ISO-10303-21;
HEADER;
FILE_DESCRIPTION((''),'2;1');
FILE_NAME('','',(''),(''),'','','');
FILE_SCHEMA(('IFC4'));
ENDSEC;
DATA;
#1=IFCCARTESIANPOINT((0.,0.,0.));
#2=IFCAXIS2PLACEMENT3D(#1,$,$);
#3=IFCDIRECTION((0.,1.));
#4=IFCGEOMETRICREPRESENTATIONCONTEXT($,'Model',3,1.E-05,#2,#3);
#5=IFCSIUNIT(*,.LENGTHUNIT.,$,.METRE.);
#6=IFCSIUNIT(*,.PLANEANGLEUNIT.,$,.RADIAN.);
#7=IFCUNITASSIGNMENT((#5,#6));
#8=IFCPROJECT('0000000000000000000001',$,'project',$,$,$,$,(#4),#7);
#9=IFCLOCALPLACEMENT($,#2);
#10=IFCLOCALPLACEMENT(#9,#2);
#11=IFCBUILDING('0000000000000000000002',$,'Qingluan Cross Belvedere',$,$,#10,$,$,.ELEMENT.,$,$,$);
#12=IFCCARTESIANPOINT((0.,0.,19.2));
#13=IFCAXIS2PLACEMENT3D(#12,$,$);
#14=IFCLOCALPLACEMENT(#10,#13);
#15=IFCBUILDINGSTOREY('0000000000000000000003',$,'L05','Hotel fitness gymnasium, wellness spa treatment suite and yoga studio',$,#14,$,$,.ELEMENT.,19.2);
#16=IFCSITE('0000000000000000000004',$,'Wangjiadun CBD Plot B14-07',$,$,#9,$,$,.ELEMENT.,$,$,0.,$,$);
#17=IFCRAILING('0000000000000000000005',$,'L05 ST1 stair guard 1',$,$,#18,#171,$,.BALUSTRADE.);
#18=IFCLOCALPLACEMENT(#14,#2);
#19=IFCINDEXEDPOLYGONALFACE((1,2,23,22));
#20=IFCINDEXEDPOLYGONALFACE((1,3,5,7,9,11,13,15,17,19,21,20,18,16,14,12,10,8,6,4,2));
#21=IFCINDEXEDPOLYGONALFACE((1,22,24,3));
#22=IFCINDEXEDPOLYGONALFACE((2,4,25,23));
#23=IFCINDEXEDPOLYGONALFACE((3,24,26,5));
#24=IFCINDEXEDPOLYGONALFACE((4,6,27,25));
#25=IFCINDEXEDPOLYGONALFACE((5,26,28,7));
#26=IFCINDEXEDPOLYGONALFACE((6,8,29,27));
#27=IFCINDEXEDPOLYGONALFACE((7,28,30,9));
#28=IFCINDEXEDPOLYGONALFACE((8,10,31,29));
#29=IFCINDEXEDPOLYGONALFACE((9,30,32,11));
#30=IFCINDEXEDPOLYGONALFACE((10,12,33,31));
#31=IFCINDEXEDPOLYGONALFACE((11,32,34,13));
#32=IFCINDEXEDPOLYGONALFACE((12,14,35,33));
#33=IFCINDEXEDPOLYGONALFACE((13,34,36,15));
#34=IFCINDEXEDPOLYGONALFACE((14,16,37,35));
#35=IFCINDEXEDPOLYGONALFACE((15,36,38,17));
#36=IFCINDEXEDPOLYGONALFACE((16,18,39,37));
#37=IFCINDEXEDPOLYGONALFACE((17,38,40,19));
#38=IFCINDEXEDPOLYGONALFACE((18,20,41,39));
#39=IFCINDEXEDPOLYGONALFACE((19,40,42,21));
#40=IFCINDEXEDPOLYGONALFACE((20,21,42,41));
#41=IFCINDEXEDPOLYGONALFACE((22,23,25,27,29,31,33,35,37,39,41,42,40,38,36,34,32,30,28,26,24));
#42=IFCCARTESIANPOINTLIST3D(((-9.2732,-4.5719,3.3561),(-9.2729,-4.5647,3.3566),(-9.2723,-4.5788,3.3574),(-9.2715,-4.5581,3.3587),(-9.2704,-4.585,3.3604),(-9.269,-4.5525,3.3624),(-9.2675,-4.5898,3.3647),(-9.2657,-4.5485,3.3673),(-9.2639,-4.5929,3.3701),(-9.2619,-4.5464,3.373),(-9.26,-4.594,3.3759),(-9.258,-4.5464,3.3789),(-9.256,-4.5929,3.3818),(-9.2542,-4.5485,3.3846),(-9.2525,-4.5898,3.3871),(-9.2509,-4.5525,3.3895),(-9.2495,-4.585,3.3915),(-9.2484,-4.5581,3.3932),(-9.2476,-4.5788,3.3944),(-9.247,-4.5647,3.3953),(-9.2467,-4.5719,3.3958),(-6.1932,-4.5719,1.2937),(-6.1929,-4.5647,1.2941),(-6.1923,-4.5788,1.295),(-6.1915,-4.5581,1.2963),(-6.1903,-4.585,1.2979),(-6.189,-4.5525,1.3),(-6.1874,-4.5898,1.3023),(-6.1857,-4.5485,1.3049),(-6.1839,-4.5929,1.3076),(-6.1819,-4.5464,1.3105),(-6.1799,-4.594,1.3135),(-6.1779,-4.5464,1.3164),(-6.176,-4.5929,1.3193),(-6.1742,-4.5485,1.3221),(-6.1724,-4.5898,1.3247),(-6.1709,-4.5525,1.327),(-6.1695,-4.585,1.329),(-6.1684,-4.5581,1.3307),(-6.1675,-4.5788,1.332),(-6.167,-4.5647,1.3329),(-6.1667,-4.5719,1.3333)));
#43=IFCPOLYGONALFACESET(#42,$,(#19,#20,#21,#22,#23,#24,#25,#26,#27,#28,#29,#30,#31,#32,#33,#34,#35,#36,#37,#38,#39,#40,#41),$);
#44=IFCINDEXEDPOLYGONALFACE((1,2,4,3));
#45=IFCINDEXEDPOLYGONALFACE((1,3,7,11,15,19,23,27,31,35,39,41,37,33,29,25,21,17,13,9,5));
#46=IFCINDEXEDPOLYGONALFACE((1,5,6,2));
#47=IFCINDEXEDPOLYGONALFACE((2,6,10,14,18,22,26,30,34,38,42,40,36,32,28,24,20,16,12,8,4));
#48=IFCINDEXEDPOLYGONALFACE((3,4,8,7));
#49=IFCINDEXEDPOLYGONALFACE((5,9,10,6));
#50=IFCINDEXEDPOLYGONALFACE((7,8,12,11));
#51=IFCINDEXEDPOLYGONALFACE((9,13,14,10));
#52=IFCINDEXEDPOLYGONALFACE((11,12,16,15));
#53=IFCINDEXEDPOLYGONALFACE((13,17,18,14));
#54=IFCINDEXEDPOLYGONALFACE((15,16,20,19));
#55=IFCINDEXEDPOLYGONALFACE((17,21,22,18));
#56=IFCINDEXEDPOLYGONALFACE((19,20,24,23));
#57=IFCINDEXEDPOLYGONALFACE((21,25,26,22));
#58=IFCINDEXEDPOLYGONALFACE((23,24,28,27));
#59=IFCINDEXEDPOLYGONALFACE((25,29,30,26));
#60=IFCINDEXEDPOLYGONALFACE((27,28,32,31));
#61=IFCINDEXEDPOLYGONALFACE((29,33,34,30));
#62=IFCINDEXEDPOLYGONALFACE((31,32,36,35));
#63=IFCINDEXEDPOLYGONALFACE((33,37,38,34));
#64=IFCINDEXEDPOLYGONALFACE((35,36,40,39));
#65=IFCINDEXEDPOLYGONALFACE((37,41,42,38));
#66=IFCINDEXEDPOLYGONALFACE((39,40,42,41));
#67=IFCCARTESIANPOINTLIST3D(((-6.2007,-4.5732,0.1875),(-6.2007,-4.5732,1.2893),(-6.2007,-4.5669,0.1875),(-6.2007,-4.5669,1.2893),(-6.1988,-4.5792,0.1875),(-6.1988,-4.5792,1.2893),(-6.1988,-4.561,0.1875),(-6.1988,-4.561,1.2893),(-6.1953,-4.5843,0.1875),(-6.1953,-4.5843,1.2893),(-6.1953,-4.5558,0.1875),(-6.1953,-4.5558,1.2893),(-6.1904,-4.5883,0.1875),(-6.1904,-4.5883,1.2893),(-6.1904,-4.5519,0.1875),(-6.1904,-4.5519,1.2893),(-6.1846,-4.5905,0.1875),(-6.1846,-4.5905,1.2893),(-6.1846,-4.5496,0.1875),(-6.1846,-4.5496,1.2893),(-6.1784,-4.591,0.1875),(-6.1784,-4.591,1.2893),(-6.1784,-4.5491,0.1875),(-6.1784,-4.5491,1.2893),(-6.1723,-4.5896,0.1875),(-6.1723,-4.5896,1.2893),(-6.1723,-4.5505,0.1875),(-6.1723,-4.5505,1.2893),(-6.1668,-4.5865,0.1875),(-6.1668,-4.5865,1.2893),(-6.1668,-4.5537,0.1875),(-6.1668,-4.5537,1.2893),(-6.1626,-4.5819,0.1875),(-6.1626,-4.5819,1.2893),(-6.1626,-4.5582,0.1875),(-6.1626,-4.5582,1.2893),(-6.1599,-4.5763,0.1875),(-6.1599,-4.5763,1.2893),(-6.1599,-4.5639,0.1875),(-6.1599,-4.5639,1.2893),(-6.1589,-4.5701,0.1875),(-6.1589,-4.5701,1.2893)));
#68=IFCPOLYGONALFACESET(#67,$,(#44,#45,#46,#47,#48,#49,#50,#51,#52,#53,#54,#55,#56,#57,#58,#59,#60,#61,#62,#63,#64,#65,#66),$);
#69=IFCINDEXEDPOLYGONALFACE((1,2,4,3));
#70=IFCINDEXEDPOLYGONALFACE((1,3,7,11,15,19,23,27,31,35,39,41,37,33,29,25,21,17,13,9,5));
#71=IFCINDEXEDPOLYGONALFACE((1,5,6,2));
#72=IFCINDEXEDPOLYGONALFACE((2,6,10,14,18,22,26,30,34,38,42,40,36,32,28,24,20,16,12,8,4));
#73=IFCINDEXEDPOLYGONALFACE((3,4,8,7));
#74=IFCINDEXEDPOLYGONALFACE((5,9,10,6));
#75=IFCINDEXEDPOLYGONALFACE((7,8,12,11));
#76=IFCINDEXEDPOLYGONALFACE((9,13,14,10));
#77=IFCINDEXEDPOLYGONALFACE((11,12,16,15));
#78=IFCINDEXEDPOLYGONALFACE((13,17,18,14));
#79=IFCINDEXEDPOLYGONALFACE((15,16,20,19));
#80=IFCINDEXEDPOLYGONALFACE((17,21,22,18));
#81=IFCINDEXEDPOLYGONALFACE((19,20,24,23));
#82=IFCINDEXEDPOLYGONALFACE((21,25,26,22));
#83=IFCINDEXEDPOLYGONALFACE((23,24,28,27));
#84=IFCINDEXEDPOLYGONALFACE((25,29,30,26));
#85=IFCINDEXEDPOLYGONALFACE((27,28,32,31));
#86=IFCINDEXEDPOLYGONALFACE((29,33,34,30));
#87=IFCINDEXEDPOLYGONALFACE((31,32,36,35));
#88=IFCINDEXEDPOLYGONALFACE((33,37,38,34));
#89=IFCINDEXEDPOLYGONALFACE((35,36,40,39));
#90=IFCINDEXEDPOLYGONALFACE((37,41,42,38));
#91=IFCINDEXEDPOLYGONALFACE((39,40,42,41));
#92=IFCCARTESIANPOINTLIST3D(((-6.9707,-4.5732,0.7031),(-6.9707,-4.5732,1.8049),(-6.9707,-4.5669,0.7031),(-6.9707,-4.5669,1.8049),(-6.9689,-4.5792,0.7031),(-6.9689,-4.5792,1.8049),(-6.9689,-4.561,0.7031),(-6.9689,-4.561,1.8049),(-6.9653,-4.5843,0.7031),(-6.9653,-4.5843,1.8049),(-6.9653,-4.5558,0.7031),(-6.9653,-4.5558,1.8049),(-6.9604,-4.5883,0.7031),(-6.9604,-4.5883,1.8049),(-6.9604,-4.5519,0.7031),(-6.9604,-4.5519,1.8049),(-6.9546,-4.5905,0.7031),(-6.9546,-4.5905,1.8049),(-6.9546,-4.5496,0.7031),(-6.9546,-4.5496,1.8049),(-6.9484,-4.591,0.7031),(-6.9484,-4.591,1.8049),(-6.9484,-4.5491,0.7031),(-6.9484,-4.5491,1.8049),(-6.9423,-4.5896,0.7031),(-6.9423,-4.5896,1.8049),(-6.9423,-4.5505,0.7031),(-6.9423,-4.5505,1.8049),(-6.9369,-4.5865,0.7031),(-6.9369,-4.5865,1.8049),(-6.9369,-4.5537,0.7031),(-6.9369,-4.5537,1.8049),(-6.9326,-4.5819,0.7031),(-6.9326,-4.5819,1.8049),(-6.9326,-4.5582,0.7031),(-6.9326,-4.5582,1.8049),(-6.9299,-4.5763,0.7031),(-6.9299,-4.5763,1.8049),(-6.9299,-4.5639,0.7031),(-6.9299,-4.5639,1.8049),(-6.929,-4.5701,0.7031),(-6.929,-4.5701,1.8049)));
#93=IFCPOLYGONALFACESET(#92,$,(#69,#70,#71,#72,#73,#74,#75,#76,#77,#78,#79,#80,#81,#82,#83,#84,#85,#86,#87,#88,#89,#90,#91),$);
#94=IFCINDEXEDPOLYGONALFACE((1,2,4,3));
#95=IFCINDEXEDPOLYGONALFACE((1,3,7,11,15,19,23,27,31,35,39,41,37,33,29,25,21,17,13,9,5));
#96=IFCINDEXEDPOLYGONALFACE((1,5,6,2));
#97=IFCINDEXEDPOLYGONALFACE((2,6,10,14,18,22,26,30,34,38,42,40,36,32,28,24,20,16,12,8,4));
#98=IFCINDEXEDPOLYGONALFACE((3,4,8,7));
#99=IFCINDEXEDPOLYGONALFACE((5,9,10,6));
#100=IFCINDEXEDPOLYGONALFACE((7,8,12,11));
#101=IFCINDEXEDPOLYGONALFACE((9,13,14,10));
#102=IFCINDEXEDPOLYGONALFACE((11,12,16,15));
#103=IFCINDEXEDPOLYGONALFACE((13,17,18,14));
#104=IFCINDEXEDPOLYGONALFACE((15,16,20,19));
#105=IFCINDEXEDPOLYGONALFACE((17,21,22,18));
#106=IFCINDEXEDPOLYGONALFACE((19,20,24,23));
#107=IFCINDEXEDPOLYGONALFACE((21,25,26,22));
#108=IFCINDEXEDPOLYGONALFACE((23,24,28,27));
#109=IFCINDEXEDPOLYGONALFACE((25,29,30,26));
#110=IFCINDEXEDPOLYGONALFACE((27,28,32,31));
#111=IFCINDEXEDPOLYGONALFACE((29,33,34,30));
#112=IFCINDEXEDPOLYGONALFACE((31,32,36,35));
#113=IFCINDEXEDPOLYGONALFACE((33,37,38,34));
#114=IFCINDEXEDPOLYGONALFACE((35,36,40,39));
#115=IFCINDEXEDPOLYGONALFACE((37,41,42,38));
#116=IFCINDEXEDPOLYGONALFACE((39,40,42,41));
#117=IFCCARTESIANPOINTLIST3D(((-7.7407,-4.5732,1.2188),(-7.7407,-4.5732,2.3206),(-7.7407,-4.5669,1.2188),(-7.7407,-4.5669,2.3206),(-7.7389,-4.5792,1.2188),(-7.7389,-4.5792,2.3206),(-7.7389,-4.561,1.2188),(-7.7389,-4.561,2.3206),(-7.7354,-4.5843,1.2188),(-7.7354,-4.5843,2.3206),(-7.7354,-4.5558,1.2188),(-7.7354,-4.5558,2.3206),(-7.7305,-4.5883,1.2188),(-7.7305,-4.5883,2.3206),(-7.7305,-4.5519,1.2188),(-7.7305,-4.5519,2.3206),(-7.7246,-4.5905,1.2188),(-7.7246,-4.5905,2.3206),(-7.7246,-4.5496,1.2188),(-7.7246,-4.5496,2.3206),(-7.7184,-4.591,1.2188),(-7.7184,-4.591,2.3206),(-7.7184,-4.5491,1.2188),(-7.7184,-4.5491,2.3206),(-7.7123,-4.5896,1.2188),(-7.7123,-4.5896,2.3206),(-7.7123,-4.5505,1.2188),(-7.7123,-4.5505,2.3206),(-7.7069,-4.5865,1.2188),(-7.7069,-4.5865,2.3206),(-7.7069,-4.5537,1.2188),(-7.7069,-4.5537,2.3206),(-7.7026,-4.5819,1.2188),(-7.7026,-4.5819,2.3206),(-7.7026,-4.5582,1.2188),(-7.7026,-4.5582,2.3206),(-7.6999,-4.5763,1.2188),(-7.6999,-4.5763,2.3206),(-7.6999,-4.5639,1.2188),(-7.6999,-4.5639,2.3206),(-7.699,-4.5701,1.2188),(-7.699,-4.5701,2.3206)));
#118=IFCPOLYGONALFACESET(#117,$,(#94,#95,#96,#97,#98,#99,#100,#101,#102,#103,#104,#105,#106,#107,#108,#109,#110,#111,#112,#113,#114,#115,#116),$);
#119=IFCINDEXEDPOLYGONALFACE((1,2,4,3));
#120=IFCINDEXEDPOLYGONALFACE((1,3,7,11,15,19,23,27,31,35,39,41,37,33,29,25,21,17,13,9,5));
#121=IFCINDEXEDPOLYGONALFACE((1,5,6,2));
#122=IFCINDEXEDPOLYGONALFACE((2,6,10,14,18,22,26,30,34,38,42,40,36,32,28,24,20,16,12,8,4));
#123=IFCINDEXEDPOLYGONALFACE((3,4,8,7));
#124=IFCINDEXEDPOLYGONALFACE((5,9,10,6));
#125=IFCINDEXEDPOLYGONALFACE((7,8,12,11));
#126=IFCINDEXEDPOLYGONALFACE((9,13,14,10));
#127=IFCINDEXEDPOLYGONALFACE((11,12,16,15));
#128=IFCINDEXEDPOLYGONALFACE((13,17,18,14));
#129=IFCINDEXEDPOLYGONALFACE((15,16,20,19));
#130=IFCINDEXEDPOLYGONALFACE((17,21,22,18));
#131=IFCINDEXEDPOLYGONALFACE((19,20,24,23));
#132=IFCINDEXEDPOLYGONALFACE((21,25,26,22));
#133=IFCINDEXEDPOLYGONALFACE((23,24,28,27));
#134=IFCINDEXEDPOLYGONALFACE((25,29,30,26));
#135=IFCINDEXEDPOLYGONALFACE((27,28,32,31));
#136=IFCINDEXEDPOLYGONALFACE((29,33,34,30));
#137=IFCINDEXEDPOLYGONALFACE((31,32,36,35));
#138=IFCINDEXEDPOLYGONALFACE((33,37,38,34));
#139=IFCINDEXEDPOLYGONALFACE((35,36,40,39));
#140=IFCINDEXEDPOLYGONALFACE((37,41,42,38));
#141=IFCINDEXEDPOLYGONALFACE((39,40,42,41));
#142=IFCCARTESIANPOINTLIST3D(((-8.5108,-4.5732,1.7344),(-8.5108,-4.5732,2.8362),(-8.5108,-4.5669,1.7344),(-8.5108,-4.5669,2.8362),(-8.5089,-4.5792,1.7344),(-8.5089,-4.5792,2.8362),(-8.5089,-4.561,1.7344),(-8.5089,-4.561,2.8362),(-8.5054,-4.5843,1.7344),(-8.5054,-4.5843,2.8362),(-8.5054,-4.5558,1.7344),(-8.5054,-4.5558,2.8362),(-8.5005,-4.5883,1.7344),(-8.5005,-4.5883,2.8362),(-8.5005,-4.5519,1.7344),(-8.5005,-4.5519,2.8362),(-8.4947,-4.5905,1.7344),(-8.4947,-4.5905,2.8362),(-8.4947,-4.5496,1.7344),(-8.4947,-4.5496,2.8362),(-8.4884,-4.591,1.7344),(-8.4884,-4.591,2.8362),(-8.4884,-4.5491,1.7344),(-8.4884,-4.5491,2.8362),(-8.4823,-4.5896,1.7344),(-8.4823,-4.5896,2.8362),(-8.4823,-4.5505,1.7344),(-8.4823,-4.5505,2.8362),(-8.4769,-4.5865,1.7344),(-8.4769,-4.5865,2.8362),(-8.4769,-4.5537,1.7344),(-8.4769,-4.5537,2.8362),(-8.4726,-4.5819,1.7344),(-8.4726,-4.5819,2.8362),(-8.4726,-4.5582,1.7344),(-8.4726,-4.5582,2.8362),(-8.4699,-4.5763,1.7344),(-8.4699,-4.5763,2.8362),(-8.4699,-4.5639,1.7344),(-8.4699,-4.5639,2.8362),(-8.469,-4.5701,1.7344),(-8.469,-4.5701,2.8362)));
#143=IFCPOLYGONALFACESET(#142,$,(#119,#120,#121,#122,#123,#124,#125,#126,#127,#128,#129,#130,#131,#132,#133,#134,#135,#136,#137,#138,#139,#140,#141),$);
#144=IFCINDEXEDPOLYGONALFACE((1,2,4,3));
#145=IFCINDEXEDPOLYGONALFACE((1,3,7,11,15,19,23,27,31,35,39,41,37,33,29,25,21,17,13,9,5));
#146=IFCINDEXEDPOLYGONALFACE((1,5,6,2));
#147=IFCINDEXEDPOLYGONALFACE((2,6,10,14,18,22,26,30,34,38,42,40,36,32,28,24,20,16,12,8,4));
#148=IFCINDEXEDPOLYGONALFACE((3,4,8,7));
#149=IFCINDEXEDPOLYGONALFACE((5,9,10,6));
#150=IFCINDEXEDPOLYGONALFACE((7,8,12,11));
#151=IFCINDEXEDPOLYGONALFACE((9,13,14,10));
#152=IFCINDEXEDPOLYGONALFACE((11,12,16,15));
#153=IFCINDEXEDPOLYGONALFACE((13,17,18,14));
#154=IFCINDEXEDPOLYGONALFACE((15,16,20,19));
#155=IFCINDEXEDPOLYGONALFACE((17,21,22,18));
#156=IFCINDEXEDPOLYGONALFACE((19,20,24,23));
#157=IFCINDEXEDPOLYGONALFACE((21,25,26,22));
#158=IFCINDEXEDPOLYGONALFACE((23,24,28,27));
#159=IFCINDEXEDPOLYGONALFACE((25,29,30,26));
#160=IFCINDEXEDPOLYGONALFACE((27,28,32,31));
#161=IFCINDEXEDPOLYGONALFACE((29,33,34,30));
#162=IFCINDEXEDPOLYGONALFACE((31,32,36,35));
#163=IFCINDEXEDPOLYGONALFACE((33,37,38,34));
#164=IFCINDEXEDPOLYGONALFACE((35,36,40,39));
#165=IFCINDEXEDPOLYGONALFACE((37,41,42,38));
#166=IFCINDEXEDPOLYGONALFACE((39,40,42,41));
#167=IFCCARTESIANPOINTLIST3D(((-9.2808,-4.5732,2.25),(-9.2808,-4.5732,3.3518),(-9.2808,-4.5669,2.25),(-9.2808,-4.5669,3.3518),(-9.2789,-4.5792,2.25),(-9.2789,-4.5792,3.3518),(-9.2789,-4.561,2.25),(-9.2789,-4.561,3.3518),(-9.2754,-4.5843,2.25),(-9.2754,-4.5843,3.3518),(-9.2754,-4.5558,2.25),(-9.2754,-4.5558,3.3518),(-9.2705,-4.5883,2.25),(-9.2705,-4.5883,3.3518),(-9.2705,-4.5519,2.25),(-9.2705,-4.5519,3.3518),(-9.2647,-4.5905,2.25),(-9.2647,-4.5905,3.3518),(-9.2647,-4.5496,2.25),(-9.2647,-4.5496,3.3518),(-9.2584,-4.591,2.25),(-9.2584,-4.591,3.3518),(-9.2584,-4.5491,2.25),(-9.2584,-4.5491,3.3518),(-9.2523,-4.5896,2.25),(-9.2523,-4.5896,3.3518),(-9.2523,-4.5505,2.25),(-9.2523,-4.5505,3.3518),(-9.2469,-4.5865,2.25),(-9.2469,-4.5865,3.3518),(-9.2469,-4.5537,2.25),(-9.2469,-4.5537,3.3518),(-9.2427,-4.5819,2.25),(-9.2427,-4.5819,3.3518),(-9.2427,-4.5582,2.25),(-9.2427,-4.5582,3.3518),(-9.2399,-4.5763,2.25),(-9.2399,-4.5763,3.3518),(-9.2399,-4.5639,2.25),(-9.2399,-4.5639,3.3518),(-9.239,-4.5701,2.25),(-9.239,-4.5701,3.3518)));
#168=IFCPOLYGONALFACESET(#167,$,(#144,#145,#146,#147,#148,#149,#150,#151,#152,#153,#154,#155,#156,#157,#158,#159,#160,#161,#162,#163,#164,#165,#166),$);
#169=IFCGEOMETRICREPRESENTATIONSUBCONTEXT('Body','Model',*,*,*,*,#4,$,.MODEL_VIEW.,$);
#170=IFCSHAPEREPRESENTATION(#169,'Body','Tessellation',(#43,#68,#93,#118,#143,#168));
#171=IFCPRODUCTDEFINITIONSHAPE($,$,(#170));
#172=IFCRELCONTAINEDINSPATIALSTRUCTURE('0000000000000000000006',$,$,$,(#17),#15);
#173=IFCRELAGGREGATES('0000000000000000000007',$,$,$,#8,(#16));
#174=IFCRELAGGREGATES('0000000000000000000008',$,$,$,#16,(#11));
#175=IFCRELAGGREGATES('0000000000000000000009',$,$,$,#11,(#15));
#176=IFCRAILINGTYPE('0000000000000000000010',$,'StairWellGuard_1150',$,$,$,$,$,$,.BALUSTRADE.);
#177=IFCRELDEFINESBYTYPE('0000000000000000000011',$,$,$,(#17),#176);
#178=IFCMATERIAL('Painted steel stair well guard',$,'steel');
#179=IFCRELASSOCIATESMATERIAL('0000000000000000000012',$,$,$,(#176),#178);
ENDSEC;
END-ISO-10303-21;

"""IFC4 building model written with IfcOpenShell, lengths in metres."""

from ifc_helpers import new_model, si_unit, direction, frame, origin, origin_2d, place, context, subcontext, project, spatial, circle, extrude, material, type_object, element, save


model = new_model("IFC4")

# Units and contexts
model_context = context("Model", 3, precision=1e-05, world=origin(), true_north=direction((0.0, 1.0)))
body_context = subcontext(model_context, "Body", "Model", "MODEL_VIEW")
ifc_project = project(units=[si_unit("LENGTHUNIT", "METRE"), si_unit("PLANEANGLEUNIT", "RADIAN")], contexts=[model_context])

# Site, building, storey
site_placement = place(None, origin())
site = spatial("IfcSite", under=ifc_project, at=site_placement, Name="Wangjiadun CBD Plot B14-07", CompositionType="ELEMENT", RefElevation=0.0)
building_placement = place(site_placement, origin())
building = spatial("IfcBuilding", under=site, at=building_placement, Name="Qingluan Cross Belvedere", CompositionType="ELEMENT")
storey_placement = place(building_placement, frame((0.0, 0.0, 19.2)))
storey = spatial("IfcBuildingStorey", under=building, at=storey_placement, Name="L05", Description="Hotel fitness gymnasium, wellness spa treatment suite and yoga studio", CompositionType="ELEMENT", Elevation=19.2)

# Railing
ifc_material_1 = material(Name="Painted steel stair well guard", Category="steel")
railing_type_1 = type_object("IfcRailingType", Name="StairWellGuard_1150", PredefinedType="BALUSTRADE", material=ifc_material_1)
railing_1_placement = place(storey_placement, frame((-6.1799, -4.5701, 0.1875)))
element("IfcRailing", 1, at=railing_1_placement, inside=storey, type_object=railing_type_1, Name="L05 ST1 stair guard 1", PredefinedType="BALUSTRADE", context=body_context, shape_type="SweptSolid", body=[
    extrude(circle(Radius=0.0239, at=origin_2d()), frame((0.0, 0.0, 1.126), z_axis=(-0.830914, 0.0, 0.556401), x_axis=(0.0, -1.0, 0.0)), (0.0, 0.0, 1.0), 3.7068),
    extrude(circle(Radius=0.021, at=origin_2d()), origin(), (0.0, 0.0, 1.0), 1.1018),
    extrude(circle(Radius=0.021, at=origin_2d()), frame((-0.77, 0.0, 0.5156)), (0.0, 0.0, 1.0), 1.1018),
    extrude(circle(Radius=0.021, at=origin_2d()), frame((-1.54, 0.0, 1.0312)), (0.0, 0.0, 1.0), 1.1018),
    extrude(circle(Radius=0.021, at=origin_2d()), frame((-2.3101, 0.0, 1.5469)), (0.0, 0.0, 1.0), 1.1018),
    extrude(circle(Radius=0.021, at=origin_2d()), frame((-3.0801, 0.0, 2.0625)), (0.0, 0.0, 1.0), 1.1018),
])

save(model, "model.ifc")
